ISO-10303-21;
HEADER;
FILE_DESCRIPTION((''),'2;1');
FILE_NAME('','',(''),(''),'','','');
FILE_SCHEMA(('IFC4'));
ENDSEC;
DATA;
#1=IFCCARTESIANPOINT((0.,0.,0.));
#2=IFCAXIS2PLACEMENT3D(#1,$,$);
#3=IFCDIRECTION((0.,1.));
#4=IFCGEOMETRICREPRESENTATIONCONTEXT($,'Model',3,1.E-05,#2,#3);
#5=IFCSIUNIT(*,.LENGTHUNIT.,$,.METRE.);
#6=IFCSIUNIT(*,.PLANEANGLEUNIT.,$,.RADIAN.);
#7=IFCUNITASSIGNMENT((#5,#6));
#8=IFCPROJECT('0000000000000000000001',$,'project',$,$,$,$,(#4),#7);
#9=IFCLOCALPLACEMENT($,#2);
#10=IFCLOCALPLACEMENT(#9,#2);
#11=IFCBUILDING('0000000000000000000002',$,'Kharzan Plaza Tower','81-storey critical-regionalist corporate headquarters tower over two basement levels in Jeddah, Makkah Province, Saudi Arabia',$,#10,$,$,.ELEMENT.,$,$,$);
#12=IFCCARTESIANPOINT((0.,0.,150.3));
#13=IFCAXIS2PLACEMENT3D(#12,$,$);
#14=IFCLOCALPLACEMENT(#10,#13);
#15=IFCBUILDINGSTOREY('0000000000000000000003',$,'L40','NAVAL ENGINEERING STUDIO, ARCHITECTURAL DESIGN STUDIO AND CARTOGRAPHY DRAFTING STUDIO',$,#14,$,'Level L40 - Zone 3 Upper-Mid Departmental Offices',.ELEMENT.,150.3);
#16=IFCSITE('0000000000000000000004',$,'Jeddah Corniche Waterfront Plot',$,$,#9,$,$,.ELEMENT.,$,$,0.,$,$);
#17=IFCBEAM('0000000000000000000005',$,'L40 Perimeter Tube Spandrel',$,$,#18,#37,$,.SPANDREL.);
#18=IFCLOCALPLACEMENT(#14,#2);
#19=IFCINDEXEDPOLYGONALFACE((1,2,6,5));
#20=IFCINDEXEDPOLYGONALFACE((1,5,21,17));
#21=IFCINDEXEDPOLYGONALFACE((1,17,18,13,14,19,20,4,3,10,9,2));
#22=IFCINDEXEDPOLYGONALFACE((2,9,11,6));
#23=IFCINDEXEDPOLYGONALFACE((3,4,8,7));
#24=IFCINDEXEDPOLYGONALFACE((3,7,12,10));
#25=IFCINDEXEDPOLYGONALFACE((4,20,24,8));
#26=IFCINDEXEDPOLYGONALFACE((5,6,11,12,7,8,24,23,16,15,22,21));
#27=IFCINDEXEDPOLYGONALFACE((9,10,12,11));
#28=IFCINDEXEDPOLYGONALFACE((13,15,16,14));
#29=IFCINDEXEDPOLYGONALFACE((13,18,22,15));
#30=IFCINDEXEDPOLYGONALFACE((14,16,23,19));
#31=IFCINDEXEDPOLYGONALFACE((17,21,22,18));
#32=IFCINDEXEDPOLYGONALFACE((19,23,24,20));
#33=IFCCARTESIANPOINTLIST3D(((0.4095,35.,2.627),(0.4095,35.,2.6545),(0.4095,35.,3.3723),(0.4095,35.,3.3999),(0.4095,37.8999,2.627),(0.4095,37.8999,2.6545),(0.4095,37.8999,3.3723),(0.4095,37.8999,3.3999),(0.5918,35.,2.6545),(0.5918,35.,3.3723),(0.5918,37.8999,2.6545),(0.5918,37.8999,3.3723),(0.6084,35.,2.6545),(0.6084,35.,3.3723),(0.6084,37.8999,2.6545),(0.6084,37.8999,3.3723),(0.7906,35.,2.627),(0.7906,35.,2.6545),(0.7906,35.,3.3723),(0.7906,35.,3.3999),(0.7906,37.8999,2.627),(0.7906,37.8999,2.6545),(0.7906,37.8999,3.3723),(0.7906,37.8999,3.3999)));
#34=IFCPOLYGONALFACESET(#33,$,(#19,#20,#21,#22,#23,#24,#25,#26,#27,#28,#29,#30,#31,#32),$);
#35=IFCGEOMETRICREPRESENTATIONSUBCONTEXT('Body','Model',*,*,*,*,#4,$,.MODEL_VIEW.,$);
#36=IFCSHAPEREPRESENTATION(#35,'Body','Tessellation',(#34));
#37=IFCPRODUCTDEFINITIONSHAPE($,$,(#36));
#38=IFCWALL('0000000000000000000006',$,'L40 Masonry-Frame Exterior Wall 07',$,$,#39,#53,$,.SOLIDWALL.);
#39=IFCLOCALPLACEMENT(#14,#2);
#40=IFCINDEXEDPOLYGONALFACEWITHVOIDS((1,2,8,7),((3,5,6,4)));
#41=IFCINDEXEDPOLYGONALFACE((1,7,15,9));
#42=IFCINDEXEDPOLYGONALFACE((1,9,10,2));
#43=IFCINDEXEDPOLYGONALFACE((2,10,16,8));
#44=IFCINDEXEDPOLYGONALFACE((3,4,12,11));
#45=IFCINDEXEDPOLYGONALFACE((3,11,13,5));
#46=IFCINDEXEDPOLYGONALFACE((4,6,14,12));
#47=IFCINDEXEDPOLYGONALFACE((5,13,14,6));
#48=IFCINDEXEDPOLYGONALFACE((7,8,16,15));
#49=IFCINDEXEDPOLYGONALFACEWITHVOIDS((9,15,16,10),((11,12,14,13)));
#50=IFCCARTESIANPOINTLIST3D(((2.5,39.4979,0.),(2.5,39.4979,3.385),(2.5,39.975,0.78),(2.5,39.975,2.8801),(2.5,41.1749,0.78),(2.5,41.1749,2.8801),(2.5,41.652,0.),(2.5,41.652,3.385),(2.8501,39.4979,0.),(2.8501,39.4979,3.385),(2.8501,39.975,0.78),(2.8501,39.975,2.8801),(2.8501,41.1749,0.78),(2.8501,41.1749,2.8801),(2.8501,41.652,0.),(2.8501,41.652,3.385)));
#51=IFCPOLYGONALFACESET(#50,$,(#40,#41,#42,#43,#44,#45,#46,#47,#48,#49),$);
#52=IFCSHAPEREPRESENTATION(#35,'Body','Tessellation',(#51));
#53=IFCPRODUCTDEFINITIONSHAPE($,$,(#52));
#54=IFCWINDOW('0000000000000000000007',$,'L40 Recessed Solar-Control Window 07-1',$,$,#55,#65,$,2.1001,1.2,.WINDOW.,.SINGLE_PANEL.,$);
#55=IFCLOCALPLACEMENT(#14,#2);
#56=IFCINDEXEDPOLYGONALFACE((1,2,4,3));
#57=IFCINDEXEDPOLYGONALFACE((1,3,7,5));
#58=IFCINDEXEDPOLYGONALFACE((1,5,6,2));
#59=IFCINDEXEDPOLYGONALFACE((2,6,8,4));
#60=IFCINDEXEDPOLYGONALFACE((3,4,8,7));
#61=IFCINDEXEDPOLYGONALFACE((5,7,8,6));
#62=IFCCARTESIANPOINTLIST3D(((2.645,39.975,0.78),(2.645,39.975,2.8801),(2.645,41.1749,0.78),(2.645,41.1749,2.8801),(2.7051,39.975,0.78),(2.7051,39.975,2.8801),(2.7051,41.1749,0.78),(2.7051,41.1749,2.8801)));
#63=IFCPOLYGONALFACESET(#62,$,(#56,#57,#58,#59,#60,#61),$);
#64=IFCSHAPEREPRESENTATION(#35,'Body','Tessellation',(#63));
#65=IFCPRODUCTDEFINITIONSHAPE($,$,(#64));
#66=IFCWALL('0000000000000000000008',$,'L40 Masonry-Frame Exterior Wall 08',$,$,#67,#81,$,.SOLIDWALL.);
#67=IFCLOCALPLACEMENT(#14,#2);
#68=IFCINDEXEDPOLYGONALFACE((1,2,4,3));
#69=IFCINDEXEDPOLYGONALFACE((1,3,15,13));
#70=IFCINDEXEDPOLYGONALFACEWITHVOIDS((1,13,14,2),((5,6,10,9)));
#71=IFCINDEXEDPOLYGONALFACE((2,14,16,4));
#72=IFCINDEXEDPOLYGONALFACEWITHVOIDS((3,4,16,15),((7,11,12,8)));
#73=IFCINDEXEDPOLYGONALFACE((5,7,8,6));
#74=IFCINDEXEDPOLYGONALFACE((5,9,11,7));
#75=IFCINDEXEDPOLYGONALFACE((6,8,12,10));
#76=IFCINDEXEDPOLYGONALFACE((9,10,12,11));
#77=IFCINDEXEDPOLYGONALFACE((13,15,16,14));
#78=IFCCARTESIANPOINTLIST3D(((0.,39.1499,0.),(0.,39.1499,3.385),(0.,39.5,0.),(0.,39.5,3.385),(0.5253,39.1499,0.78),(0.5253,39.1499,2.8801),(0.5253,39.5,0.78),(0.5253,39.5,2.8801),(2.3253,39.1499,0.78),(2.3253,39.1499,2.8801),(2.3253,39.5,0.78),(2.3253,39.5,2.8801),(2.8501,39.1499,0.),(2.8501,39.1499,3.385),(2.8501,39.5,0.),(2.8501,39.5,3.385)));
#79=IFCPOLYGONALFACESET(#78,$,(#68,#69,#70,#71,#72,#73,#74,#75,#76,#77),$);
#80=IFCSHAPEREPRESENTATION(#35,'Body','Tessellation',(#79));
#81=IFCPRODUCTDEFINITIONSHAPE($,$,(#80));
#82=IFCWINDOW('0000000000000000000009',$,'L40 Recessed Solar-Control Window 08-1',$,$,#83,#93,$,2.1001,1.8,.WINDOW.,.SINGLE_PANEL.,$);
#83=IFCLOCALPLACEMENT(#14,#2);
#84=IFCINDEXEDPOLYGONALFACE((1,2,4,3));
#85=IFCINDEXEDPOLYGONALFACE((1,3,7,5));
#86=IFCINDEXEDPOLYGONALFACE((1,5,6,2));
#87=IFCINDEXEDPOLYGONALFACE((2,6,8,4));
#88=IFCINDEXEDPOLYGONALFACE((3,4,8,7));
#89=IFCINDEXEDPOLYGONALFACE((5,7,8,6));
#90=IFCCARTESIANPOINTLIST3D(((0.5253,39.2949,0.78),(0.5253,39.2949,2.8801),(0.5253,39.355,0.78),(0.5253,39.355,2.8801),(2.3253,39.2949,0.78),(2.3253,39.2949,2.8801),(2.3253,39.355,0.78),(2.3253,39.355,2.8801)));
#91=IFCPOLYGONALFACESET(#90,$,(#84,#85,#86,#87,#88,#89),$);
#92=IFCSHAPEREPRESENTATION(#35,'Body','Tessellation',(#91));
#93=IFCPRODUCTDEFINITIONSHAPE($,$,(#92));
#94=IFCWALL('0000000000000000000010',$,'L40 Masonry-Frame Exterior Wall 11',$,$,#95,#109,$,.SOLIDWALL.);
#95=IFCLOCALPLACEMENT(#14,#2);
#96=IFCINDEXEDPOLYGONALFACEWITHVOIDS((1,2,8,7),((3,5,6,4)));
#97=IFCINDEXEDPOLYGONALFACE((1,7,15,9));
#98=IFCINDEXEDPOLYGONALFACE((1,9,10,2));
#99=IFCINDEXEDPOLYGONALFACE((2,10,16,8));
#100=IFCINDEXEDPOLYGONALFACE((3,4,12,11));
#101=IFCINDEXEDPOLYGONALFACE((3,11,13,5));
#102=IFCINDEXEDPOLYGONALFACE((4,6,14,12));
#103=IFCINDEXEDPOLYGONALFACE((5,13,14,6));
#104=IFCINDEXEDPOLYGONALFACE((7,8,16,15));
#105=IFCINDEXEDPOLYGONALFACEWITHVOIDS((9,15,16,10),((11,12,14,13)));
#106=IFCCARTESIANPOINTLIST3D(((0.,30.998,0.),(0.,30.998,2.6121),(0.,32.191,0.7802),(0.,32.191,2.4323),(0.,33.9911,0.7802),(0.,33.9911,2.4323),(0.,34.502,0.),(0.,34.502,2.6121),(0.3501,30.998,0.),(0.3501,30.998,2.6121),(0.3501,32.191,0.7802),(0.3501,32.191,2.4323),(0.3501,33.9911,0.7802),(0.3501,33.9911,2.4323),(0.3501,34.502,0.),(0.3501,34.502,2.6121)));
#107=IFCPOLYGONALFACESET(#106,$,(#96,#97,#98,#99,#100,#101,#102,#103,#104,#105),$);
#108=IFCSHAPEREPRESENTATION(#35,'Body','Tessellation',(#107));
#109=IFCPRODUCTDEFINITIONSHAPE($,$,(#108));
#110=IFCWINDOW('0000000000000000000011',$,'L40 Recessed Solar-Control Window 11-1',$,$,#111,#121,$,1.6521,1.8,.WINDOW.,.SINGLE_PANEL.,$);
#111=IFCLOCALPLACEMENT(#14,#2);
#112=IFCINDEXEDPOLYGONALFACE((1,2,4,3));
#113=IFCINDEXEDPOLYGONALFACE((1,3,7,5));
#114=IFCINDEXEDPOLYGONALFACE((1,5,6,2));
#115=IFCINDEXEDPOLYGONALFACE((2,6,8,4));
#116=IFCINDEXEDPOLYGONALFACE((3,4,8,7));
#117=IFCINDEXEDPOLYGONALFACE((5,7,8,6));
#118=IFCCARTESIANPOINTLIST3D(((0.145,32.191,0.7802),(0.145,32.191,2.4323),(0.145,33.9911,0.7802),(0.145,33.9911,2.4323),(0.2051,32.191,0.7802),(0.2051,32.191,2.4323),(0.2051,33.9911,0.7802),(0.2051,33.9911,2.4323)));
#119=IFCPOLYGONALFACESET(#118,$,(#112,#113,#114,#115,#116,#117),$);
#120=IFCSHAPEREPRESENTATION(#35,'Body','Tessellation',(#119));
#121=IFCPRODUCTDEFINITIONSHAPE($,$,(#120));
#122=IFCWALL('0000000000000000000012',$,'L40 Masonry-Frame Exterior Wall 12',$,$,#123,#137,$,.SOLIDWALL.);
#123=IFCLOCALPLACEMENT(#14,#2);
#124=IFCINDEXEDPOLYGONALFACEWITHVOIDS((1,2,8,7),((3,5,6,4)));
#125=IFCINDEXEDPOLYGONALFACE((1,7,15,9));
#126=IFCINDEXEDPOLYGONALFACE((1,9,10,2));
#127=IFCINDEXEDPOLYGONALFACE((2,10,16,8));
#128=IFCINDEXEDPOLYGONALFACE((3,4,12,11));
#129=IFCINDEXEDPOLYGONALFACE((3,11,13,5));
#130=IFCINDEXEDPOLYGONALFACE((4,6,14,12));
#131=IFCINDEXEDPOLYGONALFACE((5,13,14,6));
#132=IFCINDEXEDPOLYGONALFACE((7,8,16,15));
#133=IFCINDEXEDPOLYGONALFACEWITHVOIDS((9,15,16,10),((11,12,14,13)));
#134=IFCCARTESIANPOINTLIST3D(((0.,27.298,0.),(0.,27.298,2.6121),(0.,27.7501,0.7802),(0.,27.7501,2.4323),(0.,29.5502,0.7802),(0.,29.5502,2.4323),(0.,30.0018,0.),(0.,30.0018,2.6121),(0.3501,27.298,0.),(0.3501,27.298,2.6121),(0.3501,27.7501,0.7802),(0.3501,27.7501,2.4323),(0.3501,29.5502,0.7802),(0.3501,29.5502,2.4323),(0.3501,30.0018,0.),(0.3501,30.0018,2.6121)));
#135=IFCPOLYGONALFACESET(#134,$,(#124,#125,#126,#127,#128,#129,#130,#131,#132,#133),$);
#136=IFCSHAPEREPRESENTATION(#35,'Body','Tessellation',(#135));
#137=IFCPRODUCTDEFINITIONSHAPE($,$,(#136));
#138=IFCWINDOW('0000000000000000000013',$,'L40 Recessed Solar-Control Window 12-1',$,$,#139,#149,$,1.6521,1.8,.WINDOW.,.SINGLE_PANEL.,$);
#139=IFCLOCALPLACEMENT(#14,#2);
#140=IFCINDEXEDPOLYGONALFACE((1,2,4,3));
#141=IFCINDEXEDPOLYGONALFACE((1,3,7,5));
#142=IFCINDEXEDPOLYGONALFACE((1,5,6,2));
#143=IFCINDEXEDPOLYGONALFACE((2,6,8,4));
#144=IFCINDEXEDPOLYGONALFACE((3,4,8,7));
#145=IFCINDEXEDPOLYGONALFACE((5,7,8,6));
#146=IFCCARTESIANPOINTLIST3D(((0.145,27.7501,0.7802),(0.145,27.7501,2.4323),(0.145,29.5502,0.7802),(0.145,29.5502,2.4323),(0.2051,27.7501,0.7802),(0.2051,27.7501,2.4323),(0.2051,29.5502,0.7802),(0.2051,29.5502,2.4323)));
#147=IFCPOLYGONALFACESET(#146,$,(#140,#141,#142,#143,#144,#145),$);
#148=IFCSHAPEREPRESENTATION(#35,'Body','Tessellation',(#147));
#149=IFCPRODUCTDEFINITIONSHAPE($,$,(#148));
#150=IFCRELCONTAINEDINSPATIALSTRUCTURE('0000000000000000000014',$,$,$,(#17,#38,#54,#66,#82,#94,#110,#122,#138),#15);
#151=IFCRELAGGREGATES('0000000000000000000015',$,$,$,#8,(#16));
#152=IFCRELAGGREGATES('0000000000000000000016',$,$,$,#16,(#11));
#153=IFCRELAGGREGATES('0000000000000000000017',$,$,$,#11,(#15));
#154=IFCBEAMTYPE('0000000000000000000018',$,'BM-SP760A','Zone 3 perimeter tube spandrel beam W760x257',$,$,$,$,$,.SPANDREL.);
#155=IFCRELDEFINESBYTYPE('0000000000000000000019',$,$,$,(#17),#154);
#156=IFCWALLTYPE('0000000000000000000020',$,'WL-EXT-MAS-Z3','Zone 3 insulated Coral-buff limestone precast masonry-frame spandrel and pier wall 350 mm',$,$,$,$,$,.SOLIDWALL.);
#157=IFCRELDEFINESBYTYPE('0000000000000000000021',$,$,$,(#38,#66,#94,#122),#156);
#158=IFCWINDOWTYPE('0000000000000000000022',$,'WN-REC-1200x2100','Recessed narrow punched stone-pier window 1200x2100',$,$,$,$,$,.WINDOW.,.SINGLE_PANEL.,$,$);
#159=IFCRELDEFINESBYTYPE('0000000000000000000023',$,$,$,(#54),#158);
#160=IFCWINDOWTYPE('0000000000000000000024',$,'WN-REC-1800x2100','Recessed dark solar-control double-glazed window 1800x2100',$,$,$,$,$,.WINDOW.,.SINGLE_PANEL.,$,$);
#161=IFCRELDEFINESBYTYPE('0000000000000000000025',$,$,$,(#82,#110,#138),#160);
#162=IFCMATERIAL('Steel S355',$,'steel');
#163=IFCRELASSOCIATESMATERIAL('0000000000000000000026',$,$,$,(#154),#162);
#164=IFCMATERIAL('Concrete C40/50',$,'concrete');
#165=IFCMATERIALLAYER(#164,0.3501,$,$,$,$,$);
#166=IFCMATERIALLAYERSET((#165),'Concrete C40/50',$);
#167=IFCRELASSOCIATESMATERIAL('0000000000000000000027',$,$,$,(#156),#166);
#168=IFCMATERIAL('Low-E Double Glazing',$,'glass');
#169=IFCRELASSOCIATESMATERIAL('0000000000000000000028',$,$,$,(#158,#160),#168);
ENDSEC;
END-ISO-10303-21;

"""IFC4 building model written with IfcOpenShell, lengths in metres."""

from ifc_helpers import new_model, si_unit, direction, frame, frame_2d, origin, origin_2d, place, context, subcontext, project, spatial, rectangle, i_section, extrude, source, transform, mapped, material, layer, layer_set, material_profile, profile_set, type_object, element, fill, save


model = new_model("IFC4")

# Units and contexts
model_context = context("Model", 3, precision=1e-05, world=origin(), true_north=direction((0.0, 1.0)))
body_context = subcontext(model_context, "Body", "Model", "MODEL_VIEW")
ifc_project = project(units=[si_unit("LENGTHUNIT", "METRE"), si_unit("PLANEANGLEUNIT", "RADIAN")], contexts=[model_context])

# Site, building, storey
site_placement = place(None, origin())
site = spatial("IfcSite", under=ifc_project, at=site_placement, Name="Jeddah Corniche Waterfront Plot", CompositionType="ELEMENT", RefElevation=0.0)
building_placement = place(site_placement, origin())
building = spatial("IfcBuilding", under=site, at=building_placement, Name="Kharzan Plaza Tower", Description="81-storey critical-regionalist corporate headquarters tower over two basement levels in Jeddah, Makkah Province, Saudi Arabia", CompositionType="ELEMENT")
storey_placement = place(building_placement, frame((0.0, 0.0, 150.3)))
storey = spatial("IfcBuildingStorey", under=building, at=storey_placement, Name="L40", Description="NAVAL ENGINEERING STUDIO, ARCHITECTURAL DESIGN STUDIO AND CARTOGRAPHY DRAFTING STUDIO", LongName="Level L40 - Zone 3 Upper-Mid Departmental Offices", CompositionType="ELEMENT", Elevation=150.3)

# Beam
ifc_material_1 = material(Name="Steel S355", Category="steel")
ifc_material_profile_1 = material_profile(ifc_material_1, i_section(OverallWidth=0.3811, OverallDepth=0.7729, WebThickness=0.0166, FlangeThickness=0.0276, at=origin_2d()), Name="W760x257")
ifc_profile_set_1 = profile_set([ifc_material_profile_1], Name="Steel S355")
beam_type_1 = type_object("IfcBeamType", Name="BM-SP760A", Description="Zone 3 perimeter tube spandrel beam W760x257", PredefinedType="SPANDREL", material=ifc_profile_set_1)
shared_shape_1 = source(origin(), body_context, "Body", "SweptSolid", [
    extrude(i_section(OverallWidth=0.3811, OverallDepth=0.7729, WebThickness=0.0166, FlangeThickness=0.0276, at=origin_2d()), origin(), (0.0, 0.0, 1.0), 2.8999),
])
beam_1_placement = place(storey_placement, frame((0.6001, 35.0, 3.0134), z_axis=(0.0, 1.0, 0.0), x_axis=(-1.0, 0.0, 0.0)))
element("IfcBeam", 1, at=beam_1_placement, inside=storey, type_object=beam_type_1, Name="L40 Perimeter Tube Spandrel", PredefinedType="SPANDREL", context=body_context, shape_type="MappedRepresentation", body=[
    mapped(shared_shape_1, transform((0.0, 0.0, 0.0), x_axis=(1.0, 0.0, 0.0), y_axis=(0.0, 1.0, 0.0), z_axis=(0.0, 0.0, 1.0))),
])

# Walls, openings, windows
ifc_material_2 = material(Name="Concrete C40/50", Category="concrete")
ifc_layer_1 = layer(ifc_material_2, 0.3501)
ifc_layer_set_1 = layer_set([ifc_layer_1], Name="Concrete C40/50")
wall_type_1 = type_object("IfcWallType", Name="WL-EXT-MAS-Z3", Description="Zone 3 insulated Coral-buff limestone precast masonry-frame spandrel and pier wall 350 mm", PredefinedType="SOLIDWALL", material=ifc_layer_set_1)
wall_1_placement = place(storey_placement, frame((2.675, 41.6521, 0.0), z_axis=(0.0, 0.0, 1.0), x_axis=(0.0, -1.0, 0.0)))
wall_1 = element("IfcWall", 2, at=wall_1_placement, inside=storey, type_object=wall_type_1, Name="L40 Masonry-Frame Exterior Wall 07", PredefinedType="SOLIDWALL", context=body_context, shape_type="SweptSolid", body=[
    extrude(rectangle(XDim=2.1541, YDim=0.3501, at=frame_2d((1.0771, 0.0))), origin(), (0.0, 0.0, 1.0), 3.385),
])
opening_1_placement = place(wall_1_placement, frame((0.4771, 0.0, 0.78)))
opening_1 = element("IfcOpeningElement", 3, at=opening_1_placement, cuts=wall_1, PredefinedType="OPENING", context=body_context, shape_type="SweptSolid", body=[
    extrude(rectangle(XDim=1.2, YDim=2.1001, at=frame_2d((0.6001, 1.05))), frame((0.0, 0.1851, 0.0), z_axis=(0.0, -1.0, 0.0), x_axis=(1.0, 0.0, 0.0)), (0.0, 0.0, 1.0), 0.3701),
])
ifc_material_3 = material(Name="Low-E Double Glazing", Category="glass")
window_type_1 = type_object("IfcWindowType", Name="WN-REC-1200x2100", Description="Recessed narrow punched stone-pier window 1200x2100", PartitioningType="SINGLE_PANEL", PredefinedType="WINDOW", material=ifc_material_3)
shared_shape_2 = source(origin(), body_context, "Body", "SweptSolid", [
    extrude(rectangle(XDim=1.2, YDim=2.1001, at=frame_2d((0.6001, 1.05))), frame((0.0, 0.03, 0.0), z_axis=(0.0, -1.0, 0.0), x_axis=(1.0, 0.0, 0.0)), (0.0, 0.0, 1.0), 0.0601),
])
window_1_placement = place(opening_1_placement, origin())
window_1 = element("IfcWindow", 4, at=window_1_placement, inside=storey, type_object=window_type_1, Name="L40 Recessed Solar-Control Window 07-1", OverallHeight=2.1001, OverallWidth=1.2, PartitioningType="SINGLE_PANEL", PredefinedType="WINDOW", context=body_context, shape_type="MappedRepresentation", body=[
    mapped(shared_shape_2, transform((0.0, 0.0, 0.0), x_axis=(1.0, 0.0, 0.0), y_axis=(0.0, 1.0, 0.0), z_axis=(0.0, 0.0, 1.0))),
])
fill(opening_1, window_1)
wall_2_placement = place(storey_placement, frame((2.8501, 39.325, 0.0), z_axis=(0.0, 0.0, 1.0), x_axis=(-1.0, 0.0, 0.0)))
wall_2 = element("IfcWall", 5, at=wall_2_placement, inside=storey, type_object=wall_type_1, Name="L40 Masonry-Frame Exterior Wall 08", PredefinedType="SOLIDWALL", context=body_context, shape_type="SweptSolid", body=[
    extrude(rectangle(XDim=2.8501, YDim=0.3501, at=frame_2d((1.425, 0.0))), origin(), (0.0, 0.0, 1.0), 3.385),
])
opening_2_placement = place(wall_2_placement, frame((0.5249, 0.0, 0.78)))
opening_2 = element("IfcOpeningElement", 6, at=opening_2_placement, cuts=wall_2, PredefinedType="OPENING", context=body_context, shape_type="SweptSolid", body=[
    extrude(rectangle(XDim=1.8, YDim=2.1001, at=frame_2d((0.8999, 1.05))), frame((0.0, 0.1851, 0.0), z_axis=(0.0, -1.0, 0.0), x_axis=(1.0, 0.0, 0.0)), (0.0, 0.0, 1.0), 0.3701),
])
window_type_2 = type_object("IfcWindowType", Name="WN-REC-1800x2100", Description="Recessed dark solar-control double-glazed window 1800x2100", PartitioningType="SINGLE_PANEL", PredefinedType="WINDOW", material=ifc_material_3)
shared_shape_3 = source(origin(), body_context, "Body", "SweptSolid", [
    extrude(rectangle(XDim=1.8, YDim=2.1001, at=frame_2d((0.8999, 1.05))), frame((0.0, 0.03, 0.0), z_axis=(0.0, -1.0, 0.0), x_axis=(1.0, 0.0, 0.0)), (0.0, 0.0, 1.0), 0.0601),
])
window_2_placement = place(opening_2_placement, origin())
window_2 = element("IfcWindow", 7, at=window_2_placement, inside=storey, type_object=window_type_2, Name="L40 Recessed Solar-Control Window 08-1", OverallHeight=2.1001, OverallWidth=1.8, PartitioningType="SINGLE_PANEL", PredefinedType="WINDOW", context=body_context, shape_type="MappedRepresentation", body=[
    mapped(shared_shape_3, transform((0.0, 0.0, 0.0), x_axis=(1.0, 0.0, 0.0), y_axis=(0.0, 1.0, 0.0), z_axis=(0.0, 0.0, 1.0))),
])
fill(opening_2, window_2)
wall_3_placement = place(storey_placement, frame((0.175, 34.502, 0.0), z_axis=(0.0, 0.0, 1.0), x_axis=(0.0, -1.0, 0.0)))
wall_3 = element("IfcWall", 8, at=wall_3_placement, inside=storey, type_object=wall_type_1, Name="L40 Masonry-Frame Exterior Wall 11", PredefinedType="SOLIDWALL", context=body_context, shape_type="SweptSolid", body=[
    extrude(rectangle(XDim=3.5039, YDim=0.3501, at=frame_2d((1.752, 0.0))), origin(), (0.0, 0.0, 1.0), 2.6121),
])
opening_3_placement = place(wall_3_placement, frame((0.511, 0.0, 0.78)))
opening_3 = element("IfcOpeningElement", 9, at=opening_3_placement, cuts=wall_3, PredefinedType="OPENING", context=body_context, shape_type="SweptSolid", body=[
    extrude(rectangle(XDim=1.8, YDim=1.6521, at=frame_2d((0.8999, 0.8262))), frame((0.0, 0.1851, 0.0), z_axis=(0.0, -1.0, 0.0), x_axis=(1.0, 0.0, 0.0)), (0.0, 0.0, 1.0), 0.3701),
])
shared_shape_4 = source(origin(), body_context, "Body", "SweptSolid", [
    extrude(rectangle(XDim=1.8, YDim=1.6521, at=frame_2d((0.8999, 0.8262))), frame((0.0, 0.03, 0.0), z_axis=(0.0, -1.0, 0.0), x_axis=(1.0, 0.0, 0.0)), (0.0, 0.0, 1.0), 0.0601),
])
window_3_placement = place(opening_3_placement, origin())
window_3 = element("IfcWindow", 10, at=window_3_placement, inside=storey, type_object=window_type_2, Name="L40 Recessed Solar-Control Window 11-1", OverallHeight=1.6521, OverallWidth=1.8, PartitioningType="SINGLE_PANEL", PredefinedType="WINDOW", context=body_context, shape_type="MappedRepresentation", body=[
    mapped(shared_shape_4, transform((0.0, 0.0, 0.0), x_axis=(1.0, 0.0, 0.0), y_axis=(0.0, 1.0, 0.0), z_axis=(0.0, 0.0, 1.0))),
])
fill(opening_3, window_3)
wall_4_placement = place(storey_placement, frame((0.175, 30.002, 0.0), z_axis=(0.0, 0.0, 1.0), x_axis=(0.0, -1.0, 0.0)))
wall_4 = element("IfcWall", 11, at=wall_4_placement, inside=storey, type_object=wall_type_1, Name="L40 Masonry-Frame Exterior Wall 12", PredefinedType="SOLIDWALL", context=body_context, shape_type="SweptSolid", body=[
    extrude(rectangle(XDim=2.7039, YDim=0.3501, at=frame_2d((1.3521, 0.0))), origin(), (0.0, 0.0, 1.0), 2.6121),
])
opening_4_placement = place(wall_4_placement, frame((0.4519, 0.0, 0.78)))
opening_4 = element("IfcOpeningElement", 12, at=opening_4_placement, cuts=wall_4, PredefinedType="OPENING", context=body_context, shape_type="SweptSolid", body=[
    extrude(rectangle(XDim=1.8, YDim=1.6521, at=frame_2d((0.8999, 0.8262))), frame((0.0, 0.1851, 0.0), z_axis=(0.0, -1.0, 0.0), x_axis=(1.0, 0.0, 0.0)), (0.0, 0.0, 1.0), 0.3701),
])
window_4_placement = place(opening_4_placement, origin())
window_4 = element("IfcWindow", 13, at=window_4_placement, inside=storey, type_object=window_type_2, Name="L40 Recessed Solar-Control Window 12-1", OverallHeight=1.6521, OverallWidth=1.8, PartitioningType="SINGLE_PANEL", PredefinedType="WINDOW", context=body_context, shape_type="MappedRepresentation", body=[
    mapped(shared_shape_4, transform((0.0, 0.0, 0.0), x_axis=(1.0, 0.0, 0.0), y_axis=(0.0, 1.0, 0.0), z_axis=(0.0, 0.0, 1.0))),
])
fill(opening_4, window_4)

save(model, "model.ifc")
